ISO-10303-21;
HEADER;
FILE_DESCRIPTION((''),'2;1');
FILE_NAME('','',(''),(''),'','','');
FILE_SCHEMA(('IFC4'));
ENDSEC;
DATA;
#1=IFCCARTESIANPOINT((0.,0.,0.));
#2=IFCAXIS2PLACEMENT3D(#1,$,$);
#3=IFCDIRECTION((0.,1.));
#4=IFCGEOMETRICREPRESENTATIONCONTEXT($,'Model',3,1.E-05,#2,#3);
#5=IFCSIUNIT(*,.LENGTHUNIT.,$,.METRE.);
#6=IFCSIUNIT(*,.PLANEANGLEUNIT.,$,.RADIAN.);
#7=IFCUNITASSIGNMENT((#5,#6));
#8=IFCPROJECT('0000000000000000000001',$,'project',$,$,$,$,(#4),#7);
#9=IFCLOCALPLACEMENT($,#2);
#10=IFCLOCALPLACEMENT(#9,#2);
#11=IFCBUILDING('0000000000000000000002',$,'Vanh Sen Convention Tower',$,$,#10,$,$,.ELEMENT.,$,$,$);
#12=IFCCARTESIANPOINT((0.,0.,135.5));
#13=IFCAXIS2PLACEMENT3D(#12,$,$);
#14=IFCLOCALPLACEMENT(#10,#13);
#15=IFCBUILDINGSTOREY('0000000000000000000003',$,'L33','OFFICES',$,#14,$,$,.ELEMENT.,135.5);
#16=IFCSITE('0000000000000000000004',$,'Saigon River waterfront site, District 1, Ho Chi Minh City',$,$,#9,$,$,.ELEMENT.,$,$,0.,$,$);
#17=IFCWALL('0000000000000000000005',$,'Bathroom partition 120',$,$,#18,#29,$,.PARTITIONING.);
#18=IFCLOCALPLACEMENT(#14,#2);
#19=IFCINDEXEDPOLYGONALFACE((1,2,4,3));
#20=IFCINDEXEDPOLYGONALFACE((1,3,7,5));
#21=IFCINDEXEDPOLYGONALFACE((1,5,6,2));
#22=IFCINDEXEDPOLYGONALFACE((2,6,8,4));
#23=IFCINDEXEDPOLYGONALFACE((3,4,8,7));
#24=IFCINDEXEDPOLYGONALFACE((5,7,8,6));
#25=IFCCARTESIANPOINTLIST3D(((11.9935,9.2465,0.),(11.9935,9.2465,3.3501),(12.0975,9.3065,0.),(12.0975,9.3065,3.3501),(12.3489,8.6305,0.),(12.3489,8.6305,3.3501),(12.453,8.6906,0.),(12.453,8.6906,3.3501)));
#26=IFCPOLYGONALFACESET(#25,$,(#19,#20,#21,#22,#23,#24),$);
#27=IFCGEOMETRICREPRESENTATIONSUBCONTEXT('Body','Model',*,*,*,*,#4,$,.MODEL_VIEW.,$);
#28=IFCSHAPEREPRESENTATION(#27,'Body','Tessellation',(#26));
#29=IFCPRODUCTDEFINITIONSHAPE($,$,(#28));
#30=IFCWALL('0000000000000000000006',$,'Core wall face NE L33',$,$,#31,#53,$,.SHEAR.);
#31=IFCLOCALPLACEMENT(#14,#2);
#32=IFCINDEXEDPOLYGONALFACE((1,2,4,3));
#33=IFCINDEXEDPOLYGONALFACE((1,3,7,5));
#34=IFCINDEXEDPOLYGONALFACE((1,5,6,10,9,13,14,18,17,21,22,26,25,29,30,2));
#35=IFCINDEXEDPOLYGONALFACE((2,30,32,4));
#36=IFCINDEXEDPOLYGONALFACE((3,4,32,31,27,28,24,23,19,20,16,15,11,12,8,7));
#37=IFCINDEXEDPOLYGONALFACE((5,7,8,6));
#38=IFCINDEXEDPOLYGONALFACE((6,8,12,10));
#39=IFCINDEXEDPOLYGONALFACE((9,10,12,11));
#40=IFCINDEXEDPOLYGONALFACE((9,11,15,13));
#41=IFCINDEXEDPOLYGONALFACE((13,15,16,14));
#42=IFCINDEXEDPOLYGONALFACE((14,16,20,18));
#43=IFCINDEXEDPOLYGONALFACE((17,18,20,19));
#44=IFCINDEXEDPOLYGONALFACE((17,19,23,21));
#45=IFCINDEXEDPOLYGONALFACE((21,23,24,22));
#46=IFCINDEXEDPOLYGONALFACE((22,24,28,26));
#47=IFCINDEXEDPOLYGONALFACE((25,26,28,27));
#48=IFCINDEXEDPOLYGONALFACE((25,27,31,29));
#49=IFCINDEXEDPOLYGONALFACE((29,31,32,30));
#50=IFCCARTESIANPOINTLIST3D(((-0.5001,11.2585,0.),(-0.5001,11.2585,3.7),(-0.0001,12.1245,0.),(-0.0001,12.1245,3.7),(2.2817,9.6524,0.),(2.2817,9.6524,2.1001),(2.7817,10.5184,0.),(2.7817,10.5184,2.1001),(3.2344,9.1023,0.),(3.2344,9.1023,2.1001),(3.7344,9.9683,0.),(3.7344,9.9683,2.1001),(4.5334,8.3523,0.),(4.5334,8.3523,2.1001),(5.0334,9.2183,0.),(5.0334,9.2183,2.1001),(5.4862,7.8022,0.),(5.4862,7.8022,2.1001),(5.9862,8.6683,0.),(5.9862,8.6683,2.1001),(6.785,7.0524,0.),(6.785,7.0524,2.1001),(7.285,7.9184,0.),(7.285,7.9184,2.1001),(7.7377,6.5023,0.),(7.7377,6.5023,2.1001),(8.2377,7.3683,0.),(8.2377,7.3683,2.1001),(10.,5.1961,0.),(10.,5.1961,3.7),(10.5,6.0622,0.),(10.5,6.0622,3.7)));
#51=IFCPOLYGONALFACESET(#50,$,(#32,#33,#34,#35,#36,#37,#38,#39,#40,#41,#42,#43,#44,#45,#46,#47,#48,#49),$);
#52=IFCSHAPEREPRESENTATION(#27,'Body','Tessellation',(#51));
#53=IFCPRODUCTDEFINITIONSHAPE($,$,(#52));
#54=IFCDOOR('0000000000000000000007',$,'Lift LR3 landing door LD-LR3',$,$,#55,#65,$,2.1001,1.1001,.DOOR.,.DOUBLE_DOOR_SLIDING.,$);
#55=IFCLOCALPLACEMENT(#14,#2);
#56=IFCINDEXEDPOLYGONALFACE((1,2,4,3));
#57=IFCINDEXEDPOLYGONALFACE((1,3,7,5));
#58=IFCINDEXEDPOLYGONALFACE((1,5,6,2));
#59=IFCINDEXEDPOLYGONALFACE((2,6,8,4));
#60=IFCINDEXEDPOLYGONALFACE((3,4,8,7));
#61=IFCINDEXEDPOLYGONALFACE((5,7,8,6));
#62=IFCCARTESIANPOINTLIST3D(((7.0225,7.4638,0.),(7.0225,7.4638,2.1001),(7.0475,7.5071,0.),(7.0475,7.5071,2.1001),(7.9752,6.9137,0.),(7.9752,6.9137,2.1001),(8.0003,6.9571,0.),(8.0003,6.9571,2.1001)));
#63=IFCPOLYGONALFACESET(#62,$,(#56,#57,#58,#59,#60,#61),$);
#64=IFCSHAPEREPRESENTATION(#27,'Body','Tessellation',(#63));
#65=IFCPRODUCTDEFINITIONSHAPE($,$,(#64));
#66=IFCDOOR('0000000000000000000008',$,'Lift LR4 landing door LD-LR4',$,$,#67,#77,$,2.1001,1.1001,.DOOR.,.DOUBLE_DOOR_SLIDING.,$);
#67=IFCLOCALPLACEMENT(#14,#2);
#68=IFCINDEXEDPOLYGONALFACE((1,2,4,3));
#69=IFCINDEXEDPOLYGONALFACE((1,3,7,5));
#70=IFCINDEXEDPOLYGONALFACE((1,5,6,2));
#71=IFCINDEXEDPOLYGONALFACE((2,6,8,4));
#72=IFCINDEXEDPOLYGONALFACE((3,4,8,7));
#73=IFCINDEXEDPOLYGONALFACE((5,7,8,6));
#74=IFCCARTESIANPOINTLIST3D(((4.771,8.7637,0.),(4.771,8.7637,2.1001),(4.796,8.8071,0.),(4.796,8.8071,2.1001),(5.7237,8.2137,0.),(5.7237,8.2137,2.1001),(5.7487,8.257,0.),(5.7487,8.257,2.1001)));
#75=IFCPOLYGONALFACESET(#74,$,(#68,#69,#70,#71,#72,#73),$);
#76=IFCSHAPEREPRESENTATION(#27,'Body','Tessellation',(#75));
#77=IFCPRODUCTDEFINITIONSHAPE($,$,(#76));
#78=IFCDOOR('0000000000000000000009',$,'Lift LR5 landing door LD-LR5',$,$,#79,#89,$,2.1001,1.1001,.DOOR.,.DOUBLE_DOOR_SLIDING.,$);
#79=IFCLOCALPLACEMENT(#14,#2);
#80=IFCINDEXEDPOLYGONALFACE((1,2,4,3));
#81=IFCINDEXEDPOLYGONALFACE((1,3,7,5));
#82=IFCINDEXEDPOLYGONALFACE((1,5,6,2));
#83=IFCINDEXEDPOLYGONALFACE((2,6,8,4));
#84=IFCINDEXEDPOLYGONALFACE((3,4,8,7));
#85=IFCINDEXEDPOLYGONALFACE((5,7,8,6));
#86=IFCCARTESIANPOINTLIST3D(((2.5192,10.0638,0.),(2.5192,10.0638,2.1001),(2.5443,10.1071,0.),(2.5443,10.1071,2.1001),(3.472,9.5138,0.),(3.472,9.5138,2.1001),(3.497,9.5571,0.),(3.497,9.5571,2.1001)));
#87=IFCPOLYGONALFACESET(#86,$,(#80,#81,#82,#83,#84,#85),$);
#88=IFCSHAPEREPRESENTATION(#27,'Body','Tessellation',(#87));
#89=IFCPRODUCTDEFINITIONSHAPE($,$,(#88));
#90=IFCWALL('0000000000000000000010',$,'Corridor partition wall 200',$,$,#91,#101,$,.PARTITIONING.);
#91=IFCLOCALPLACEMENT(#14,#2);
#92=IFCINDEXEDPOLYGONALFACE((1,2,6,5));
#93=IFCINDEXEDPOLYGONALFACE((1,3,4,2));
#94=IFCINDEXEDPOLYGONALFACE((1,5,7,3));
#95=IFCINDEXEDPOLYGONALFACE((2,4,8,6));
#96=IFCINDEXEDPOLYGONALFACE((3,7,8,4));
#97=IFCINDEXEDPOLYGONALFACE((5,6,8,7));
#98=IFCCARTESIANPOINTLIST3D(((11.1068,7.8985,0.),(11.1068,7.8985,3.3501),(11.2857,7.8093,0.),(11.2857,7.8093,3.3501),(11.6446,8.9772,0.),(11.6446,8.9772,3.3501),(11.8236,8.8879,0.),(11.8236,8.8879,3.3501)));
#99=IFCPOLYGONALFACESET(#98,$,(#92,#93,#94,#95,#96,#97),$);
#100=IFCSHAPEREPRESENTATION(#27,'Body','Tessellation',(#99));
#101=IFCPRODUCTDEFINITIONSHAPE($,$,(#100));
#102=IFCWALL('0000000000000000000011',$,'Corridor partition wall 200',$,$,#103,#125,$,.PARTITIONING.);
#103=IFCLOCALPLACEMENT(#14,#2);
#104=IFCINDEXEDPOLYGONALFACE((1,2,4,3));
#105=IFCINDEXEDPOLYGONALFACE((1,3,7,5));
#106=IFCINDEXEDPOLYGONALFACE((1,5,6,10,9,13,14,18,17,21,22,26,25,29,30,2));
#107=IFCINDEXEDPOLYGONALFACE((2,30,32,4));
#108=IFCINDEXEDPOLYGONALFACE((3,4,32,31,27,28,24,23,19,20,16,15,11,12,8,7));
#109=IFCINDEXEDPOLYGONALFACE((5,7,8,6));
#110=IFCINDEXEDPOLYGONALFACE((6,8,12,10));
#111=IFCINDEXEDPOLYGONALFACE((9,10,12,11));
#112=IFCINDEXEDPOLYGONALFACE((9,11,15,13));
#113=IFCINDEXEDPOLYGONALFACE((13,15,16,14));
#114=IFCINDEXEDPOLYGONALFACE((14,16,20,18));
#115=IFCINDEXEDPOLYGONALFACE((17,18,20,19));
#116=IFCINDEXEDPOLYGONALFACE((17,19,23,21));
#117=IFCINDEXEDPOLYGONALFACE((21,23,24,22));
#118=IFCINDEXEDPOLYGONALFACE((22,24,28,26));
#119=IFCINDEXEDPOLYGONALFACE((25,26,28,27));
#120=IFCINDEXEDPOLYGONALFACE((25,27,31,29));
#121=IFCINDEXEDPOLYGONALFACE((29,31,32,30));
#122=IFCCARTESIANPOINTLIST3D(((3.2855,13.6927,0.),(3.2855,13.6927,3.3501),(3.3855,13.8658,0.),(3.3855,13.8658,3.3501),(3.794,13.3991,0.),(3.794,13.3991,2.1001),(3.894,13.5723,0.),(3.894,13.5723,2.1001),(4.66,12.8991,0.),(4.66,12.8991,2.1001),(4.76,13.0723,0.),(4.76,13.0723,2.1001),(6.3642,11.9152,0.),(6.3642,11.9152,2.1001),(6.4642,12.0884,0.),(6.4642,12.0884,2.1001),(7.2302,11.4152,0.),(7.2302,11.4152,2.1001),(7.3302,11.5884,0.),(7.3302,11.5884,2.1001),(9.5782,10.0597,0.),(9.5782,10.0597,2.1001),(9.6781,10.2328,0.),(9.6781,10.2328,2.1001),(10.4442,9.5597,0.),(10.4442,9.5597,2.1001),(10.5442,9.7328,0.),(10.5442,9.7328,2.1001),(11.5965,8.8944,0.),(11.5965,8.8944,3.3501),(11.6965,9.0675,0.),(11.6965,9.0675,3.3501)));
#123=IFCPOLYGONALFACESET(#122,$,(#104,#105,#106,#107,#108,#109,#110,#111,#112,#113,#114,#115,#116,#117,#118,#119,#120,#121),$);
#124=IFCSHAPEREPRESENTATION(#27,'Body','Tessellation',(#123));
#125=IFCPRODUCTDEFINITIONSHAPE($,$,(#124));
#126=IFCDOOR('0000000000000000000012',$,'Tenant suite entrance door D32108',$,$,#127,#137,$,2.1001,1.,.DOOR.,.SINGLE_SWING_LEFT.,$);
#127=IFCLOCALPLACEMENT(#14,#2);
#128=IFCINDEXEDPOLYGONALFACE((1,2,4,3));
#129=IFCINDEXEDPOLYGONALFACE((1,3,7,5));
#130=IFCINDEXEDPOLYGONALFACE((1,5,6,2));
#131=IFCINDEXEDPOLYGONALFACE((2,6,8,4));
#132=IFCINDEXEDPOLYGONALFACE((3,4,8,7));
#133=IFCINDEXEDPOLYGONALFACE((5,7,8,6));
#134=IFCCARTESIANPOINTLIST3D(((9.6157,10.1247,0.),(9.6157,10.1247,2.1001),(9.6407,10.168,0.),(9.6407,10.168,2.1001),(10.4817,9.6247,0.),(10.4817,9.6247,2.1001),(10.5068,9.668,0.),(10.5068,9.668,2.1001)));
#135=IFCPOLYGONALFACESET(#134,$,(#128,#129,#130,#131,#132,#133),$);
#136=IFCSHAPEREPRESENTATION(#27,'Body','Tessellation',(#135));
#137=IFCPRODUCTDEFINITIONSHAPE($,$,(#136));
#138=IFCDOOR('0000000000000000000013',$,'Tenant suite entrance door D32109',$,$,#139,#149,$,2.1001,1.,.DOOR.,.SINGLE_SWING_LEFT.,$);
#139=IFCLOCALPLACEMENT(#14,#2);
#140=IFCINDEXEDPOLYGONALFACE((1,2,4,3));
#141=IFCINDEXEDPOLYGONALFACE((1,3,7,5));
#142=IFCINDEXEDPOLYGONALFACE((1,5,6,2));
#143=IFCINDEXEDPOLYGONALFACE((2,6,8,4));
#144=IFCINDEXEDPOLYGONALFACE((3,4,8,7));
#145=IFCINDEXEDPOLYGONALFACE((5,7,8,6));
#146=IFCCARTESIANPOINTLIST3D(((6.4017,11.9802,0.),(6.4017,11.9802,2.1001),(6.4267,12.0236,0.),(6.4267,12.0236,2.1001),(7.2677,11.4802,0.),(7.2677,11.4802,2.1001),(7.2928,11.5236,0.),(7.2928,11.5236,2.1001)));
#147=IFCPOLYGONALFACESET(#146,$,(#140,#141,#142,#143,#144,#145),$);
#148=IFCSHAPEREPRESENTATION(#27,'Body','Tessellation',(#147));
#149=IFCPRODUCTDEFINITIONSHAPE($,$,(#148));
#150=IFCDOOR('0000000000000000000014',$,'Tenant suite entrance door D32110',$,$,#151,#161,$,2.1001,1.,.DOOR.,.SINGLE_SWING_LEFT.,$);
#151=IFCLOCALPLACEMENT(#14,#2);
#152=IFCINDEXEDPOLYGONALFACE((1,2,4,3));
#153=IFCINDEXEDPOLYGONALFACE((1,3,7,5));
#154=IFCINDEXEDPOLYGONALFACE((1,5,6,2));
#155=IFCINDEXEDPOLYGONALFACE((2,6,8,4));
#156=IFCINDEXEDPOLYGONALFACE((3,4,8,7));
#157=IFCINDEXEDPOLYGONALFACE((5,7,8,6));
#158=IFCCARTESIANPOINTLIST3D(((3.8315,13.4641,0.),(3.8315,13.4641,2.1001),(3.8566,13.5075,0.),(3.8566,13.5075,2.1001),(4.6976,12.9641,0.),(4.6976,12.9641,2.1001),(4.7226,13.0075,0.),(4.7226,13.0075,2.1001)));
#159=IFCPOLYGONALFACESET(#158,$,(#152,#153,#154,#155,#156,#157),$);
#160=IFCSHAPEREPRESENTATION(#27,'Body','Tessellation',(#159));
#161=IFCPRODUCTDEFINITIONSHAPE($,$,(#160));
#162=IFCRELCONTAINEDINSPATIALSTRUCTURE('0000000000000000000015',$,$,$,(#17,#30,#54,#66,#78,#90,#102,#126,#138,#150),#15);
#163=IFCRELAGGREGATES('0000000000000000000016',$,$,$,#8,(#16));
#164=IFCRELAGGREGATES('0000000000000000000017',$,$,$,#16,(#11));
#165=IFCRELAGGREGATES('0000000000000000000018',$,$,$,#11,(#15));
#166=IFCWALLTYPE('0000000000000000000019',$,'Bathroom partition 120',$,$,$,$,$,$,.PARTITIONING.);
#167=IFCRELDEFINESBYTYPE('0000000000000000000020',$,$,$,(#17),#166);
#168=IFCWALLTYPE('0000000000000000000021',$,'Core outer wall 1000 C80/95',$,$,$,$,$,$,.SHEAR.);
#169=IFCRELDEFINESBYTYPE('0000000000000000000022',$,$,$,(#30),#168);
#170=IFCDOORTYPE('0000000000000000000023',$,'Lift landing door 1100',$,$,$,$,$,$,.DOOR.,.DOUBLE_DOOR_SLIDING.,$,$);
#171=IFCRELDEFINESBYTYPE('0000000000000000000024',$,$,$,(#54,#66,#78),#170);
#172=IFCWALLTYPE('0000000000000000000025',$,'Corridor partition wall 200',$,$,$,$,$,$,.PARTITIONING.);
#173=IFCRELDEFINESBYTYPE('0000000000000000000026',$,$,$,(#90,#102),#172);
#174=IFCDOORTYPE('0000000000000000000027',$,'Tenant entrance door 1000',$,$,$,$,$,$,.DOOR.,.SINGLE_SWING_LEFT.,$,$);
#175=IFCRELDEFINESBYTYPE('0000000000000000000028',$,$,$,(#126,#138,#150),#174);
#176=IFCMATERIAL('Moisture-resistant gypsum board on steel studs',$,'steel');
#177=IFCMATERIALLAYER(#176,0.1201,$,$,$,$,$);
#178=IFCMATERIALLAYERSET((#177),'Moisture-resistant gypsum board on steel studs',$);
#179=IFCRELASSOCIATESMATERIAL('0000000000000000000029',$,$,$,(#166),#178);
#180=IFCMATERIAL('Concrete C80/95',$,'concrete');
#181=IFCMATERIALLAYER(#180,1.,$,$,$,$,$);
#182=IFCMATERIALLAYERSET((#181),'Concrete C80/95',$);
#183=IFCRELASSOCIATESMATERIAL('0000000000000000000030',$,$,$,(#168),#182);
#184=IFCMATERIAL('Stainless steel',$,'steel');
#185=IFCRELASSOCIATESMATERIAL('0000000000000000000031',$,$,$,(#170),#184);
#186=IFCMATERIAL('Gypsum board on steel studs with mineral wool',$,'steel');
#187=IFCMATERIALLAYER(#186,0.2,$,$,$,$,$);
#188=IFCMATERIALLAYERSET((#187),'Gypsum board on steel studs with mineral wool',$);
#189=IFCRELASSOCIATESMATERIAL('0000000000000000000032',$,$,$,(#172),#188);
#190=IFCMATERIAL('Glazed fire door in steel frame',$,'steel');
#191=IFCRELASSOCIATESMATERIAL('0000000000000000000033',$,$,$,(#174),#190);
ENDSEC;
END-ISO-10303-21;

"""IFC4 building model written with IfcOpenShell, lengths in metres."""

from ifc_helpers import new_model, si_unit, direction, frame, frame_2d, origin, place, context, subcontext, project, spatial, rectangle, extrude, material, layer, layer_set, type_object, element, fill, save


model = new_model("IFC4")

# Units and contexts
model_context = context("Model", 3, precision=1e-05, world=origin(), true_north=direction((0.0, 1.0)))
body_context = subcontext(model_context, "Body", "Model", "MODEL_VIEW")
ifc_project = project(units=[si_unit("LENGTHUNIT", "METRE"), si_unit("PLANEANGLEUNIT", "RADIAN")], contexts=[model_context])

# Site, building, storey
site_placement = place(None, origin())
site = spatial("IfcSite", under=ifc_project, at=site_placement, Name="Saigon River waterfront site, District 1, Ho Chi Minh City", CompositionType="ELEMENT", RefElevation=0.0)
building_placement = place(site_placement, origin())
building = spatial("IfcBuilding", under=site, at=building_placement, Name="Vanh Sen Convention Tower", CompositionType="ELEMENT")
storey_placement = place(building_placement, frame((0.0, 0.0, 135.5)))
storey = spatial("IfcBuildingStorey", under=building, at=storey_placement, Name="L33", Description="OFFICES", CompositionType="ELEMENT", Elevation=135.5)

# Wall
ifc_material_1 = material(Name="Moisture-resistant gypsum board on steel studs", Category="steel")
ifc_layer_1 = layer(ifc_material_1, 0.1201)
ifc_layer_set_1 = layer_set([ifc_layer_1], Name="Moisture-resistant gypsum board on steel studs")
wall_type_1 = type_object("IfcWallType", Name="Bathroom partition 120", PredefinedType="PARTITIONING", material=ifc_layer_set_1)
wall_1_placement = place(storey_placement, frame((12.4009, 8.6606, 0.0), z_axis=(0.0, 0.0, 1.0), x_axis=(-0.499831, 0.866123, 0.0)))
element("IfcWall", 1, at=wall_1_placement, inside=storey, type_object=wall_type_1, Name="Bathroom partition 120", PredefinedType="PARTITIONING", context=body_context, shape_type="SweptSolid", body=[
    extrude(rectangle(XDim=0.7112, YDim=0.1201, at=frame_2d((0.3555, 0.0))), origin(), (0.0, 0.0, 1.0), 3.3501),
])

# Wall, openings, doors
ifc_material_2 = material(Name="Concrete C80/95", Category="concrete")
ifc_layer_2 = layer(ifc_material_2, 1.0)
ifc_layer_set_2 = layer_set([ifc_layer_2], Name="Concrete C80/95")
wall_type_2 = type_object("IfcWallType", Name="Core outer wall 1000 C80/95", PredefinedType="SHEAR", material=ifc_layer_set_2)
wall_2_placement = place(storey_placement, frame((10.25, 5.6292, 0.0), z_axis=(0.0, 0.0, 1.0), x_axis=(-0.866023, 0.500005, 0.0)))
wall_2 = element("IfcWall", 2, at=wall_2_placement, inside=storey, type_object=wall_type_2, Name="Core wall face NE L33", PredefinedType="SHEAR", context=body_context, shape_type="SweptSolid", body=[
    extrude(rectangle(XDim=12.1245, YDim=1.0, at=frame_2d((6.0623, 0.0))), origin(), (0.0, 0.0, 1.0), 3.7),
])
opening_1_placement = place(wall_2_placement, frame((2.6123, 0.0, 0.0)))
opening_1 = element("IfcOpeningElement", 3, at=opening_1_placement, cuts=wall_2, PredefinedType="OPENING", context=body_context, shape_type="SweptSolid", body=[
    extrude(rectangle(XDim=1.1001, YDim=2.1001, at=frame_2d((0.55, 1.05))), frame((0.0, 0.51, 0.0), z_axis=(0.0, -1.0, 0.0), x_axis=(1.0, 0.0, 0.0)), (0.0, 0.0, 1.0), 1.02),
])
opening_2_placement = place(wall_2_placement, frame((5.2122, 0.0, 0.0)))
opening_2 = element("IfcOpeningElement", 4, at=opening_2_placement, cuts=wall_2, PredefinedType="OPENING", context=body_context, shape_type="SweptSolid", body=[
    extrude(rectangle(XDim=1.1001, YDim=2.1001, at=frame_2d((0.55, 1.05))), frame((0.0, 0.51, 0.0), z_axis=(0.0, -1.0, 0.0), x_axis=(1.0, 0.0, 0.0)), (0.0, 0.0, 1.0), 1.02),
])
opening_3_placement = place(wall_2_placement, frame((7.8123, 0.0, 0.0)))
opening_3 = element("IfcOpeningElement", 5, at=opening_3_placement, cuts=wall_2, PredefinedType="OPENING", context=body_context, shape_type="SweptSolid", body=[
    extrude(rectangle(XDim=1.1001, YDim=2.1001, at=frame_2d((0.55, 1.05))), frame((0.0, 0.51, 0.0), z_axis=(0.0, -1.0, 0.0), x_axis=(1.0, 0.0, 0.0)), (0.0, 0.0, 1.0), 1.02),
])
ifc_material_3 = material(Name="Stainless steel", Category="steel")
door_type_1 = type_object("IfcDoorType", Name="Lift landing door 1100", OperationType="DOUBLE_DOOR_SLIDING", PredefinedType="DOOR", material=ifc_material_3)
door_1_placement = place(opening_1_placement, origin())
door_1 = element("IfcDoor", 6, at=door_1_placement, inside=storey, type_object=door_type_1, Name="Lift LR3 landing door LD-LR3", OperationType="DOUBLE_DOOR_SLIDING", OverallHeight=2.1001, OverallWidth=1.1001, PredefinedType="DOOR", context=body_context, shape_type="SweptSolid", body=[
    extrude(rectangle(XDim=1.1001, YDim=2.1001, at=frame_2d((0.55, 1.05))), frame((0.0, 0.0249, 0.0), z_axis=(0.0, -1.0, 0.0), x_axis=(1.0, 0.0, 0.0)), (0.0, 0.0, 1.0), 0.05),
])
fill(opening_1, door_1)
door_2_placement = place(opening_2_placement, origin())
door_2 = element("IfcDoor", 7, at=door_2_placement, inside=storey, type_object=door_type_1, Name="Lift LR4 landing door LD-LR4", OperationType="DOUBLE_DOOR_SLIDING", OverallHeight=2.1001, OverallWidth=1.1001, PredefinedType="DOOR", context=body_context, shape_type="SweptSolid", body=[
    extrude(rectangle(XDim=1.1001, YDim=2.1001, at=frame_2d((0.55, 1.05))), frame((0.0, 0.0249, 0.0), z_axis=(0.0, -1.0, 0.0), x_axis=(1.0, 0.0, 0.0)), (0.0, 0.0, 1.0), 0.05),
])
fill(opening_2, door_2)
door_3_placement = place(opening_3_placement, origin())
door_3 = element("IfcDoor", 8, at=door_3_placement, inside=storey, type_object=door_type_1, Name="Lift LR5 landing door LD-LR5", OperationType="DOUBLE_DOOR_SLIDING", OverallHeight=2.1001, OverallWidth=1.1001, PredefinedType="DOOR", context=body_context, shape_type="SweptSolid", body=[
    extrude(rectangle(XDim=1.1001, YDim=2.1001, at=frame_2d((0.55, 1.05))), frame((0.0, 0.0249, 0.0), z_axis=(0.0, -1.0, 0.0), x_axis=(1.0, 0.0, 0.0)), (0.0, 0.0, 1.0), 0.05),
])
fill(opening_3, door_3)

# Wall
ifc_material_4 = material(Name="Gypsum board on steel studs with mineral wool", Category="steel")
ifc_layer_3 = layer(ifc_material_4, 0.2)
ifc_layer_set_3 = layer_set([ifc_layer_3], Name="Gypsum board on steel studs with mineral wool")
wall_type_3 = type_object("IfcWallType", Name="Corridor partition wall 200", PredefinedType="PARTITIONING", material=ifc_layer_set_3)
wall_3_placement = place(storey_placement, frame((11.1963, 7.854, 0.0), z_axis=(0.0, 0.0, 1.0), x_axis=(0.446241, 0.894913, 0.0)))
element("IfcWall", 9, at=wall_3_placement, inside=storey, type_object=wall_type_3, Name="Corridor partition wall 200", PredefinedType="PARTITIONING", context=body_context, shape_type="SweptSolid", body=[
    extrude(rectangle(XDim=1.2053, YDim=0.2, at=frame_2d((0.6025, 0.0))), origin(), (0.0, 0.0, 1.0), 3.3501),
])

# Wall, openings, doors
wall_4_placement = place(storey_placement, frame((11.6465, 8.981, 0.0), z_axis=(0.0, 0.0, 1.0), x_axis=(-0.866027, 0.499997, 0.0)))
wall_4 = element("IfcWall", 10, at=wall_4_placement, inside=storey, type_object=wall_type_3, Name="Corridor partition wall 200", PredefinedType="PARTITIONING", context=body_context, shape_type="SweptSolid", body=[
    extrude(rectangle(XDim=9.5967, YDim=0.2, at=frame_2d((4.7983, 0.0))), origin(), (0.0, 0.0, 1.0), 3.3501),
])
opening_4_placement = place(wall_4_placement, frame((1.3306, 0.0, 0.0)))
opening_4 = element("IfcOpeningElement", 11, at=opening_4_placement, cuts=wall_4, PredefinedType="OPENING", context=body_context, shape_type="SweptSolid", body=[
    extrude(rectangle(XDim=1.0, YDim=2.1001, at=frame_2d((0.5, 1.05))), frame((0.0, 0.1099, 0.0), z_axis=(0.0, -1.0, 0.0), x_axis=(1.0, 0.0, 0.0)), (0.0, 0.0, 1.0), 0.22),
])
opening_5_placement = place(wall_4_placement, frame((5.0417, 0.0, 0.0)))
opening_5 = element("IfcOpeningElement", 12, at=opening_5_placement, cuts=wall_4, PredefinedType="OPENING", context=body_context, shape_type="SweptSolid", body=[
    extrude(rectangle(XDim=1.0, YDim=2.1001, at=frame_2d((0.5, 1.05))), frame((0.0, 0.1099, 0.0), z_axis=(0.0, -1.0, 0.0), x_axis=(1.0, 0.0, 0.0)), (0.0, 0.0, 1.0), 0.22),
])
opening_6_placement = place(wall_4_placement, frame((8.0095, 0.0, 0.0)))
opening_6 = element("IfcOpeningElement", 13, at=opening_6_placement, cuts=wall_4, PredefinedType="OPENING", context=body_context, shape_type="SweptSolid", body=[
    extrude(rectangle(XDim=1.0, YDim=2.1001, at=frame_2d((0.5, 1.05))), frame((0.0, 0.1099, 0.0), z_axis=(0.0, -1.0, 0.0), x_axis=(1.0, 0.0, 0.0)), (0.0, 0.0, 1.0), 0.22),
])
ifc_material_5 = material(Name="Glazed fire door in steel frame", Category="steel")
door_type_2 = type_object("IfcDoorType", Name="Tenant entrance door 1000", OperationType="SINGLE_SWING_LEFT", PredefinedType="DOOR", material=ifc_material_5)
door_4_placement = place(opening_4_placement, origin())
door_4 = element("IfcDoor", 14, at=door_4_placement, inside=storey, type_object=door_type_2, Name="Tenant suite entrance door D32108", OperationType="SINGLE_SWING_LEFT", OverallHeight=2.1001, OverallWidth=1.0, PredefinedType="DOOR", context=body_context, shape_type="SweptSolid", body=[
    extrude(rectangle(XDim=1.0, YDim=2.1001, at=frame_2d((0.5, 1.05))), frame((0.0, 0.0249, 0.0), z_axis=(0.0, -1.0, 0.0), x_axis=(1.0, 0.0, 0.0)), (0.0, 0.0, 1.0), 0.05),
])
fill(opening_4, door_4)
door_5_placement = place(opening_5_placement, origin())
door_5 = element("IfcDoor", 15, at=door_5_placement, inside=storey, type_object=door_type_2, Name="Tenant suite entrance door D32109", OperationType="SINGLE_SWING_LEFT", OverallHeight=2.1001, OverallWidth=1.0, PredefinedType="DOOR", context=body_context, shape_type="SweptSolid", body=[
    extrude(rectangle(XDim=1.0, YDim=2.1001, at=frame_2d((0.5, 1.05))), frame((0.0, 0.0249, 0.0), z_axis=(0.0, -1.0, 0.0), x_axis=(1.0, 0.0, 0.0)), (0.0, 0.0, 1.0), 0.05),
])
fill(opening_5, door_5)
door_6_placement = place(opening_6_placement, origin())
door_6 = element("IfcDoor", 16, at=door_6_placement, inside=storey, type_object=door_type_2, Name="Tenant suite entrance door D32110", OperationType="SINGLE_SWING_LEFT", OverallHeight=2.1001, OverallWidth=1.0, PredefinedType="DOOR", context=body_context, shape_type="SweptSolid", body=[
    extrude(rectangle(XDim=1.0, YDim=2.1001, at=frame_2d((0.5, 1.05))), frame((0.0, 0.0249, 0.0), z_axis=(0.0, -1.0, 0.0), x_axis=(1.0, 0.0, 0.0)), (0.0, 0.0, 1.0), 0.05),
])
fill(opening_6, door_6)

save(model, "model.ifc")
